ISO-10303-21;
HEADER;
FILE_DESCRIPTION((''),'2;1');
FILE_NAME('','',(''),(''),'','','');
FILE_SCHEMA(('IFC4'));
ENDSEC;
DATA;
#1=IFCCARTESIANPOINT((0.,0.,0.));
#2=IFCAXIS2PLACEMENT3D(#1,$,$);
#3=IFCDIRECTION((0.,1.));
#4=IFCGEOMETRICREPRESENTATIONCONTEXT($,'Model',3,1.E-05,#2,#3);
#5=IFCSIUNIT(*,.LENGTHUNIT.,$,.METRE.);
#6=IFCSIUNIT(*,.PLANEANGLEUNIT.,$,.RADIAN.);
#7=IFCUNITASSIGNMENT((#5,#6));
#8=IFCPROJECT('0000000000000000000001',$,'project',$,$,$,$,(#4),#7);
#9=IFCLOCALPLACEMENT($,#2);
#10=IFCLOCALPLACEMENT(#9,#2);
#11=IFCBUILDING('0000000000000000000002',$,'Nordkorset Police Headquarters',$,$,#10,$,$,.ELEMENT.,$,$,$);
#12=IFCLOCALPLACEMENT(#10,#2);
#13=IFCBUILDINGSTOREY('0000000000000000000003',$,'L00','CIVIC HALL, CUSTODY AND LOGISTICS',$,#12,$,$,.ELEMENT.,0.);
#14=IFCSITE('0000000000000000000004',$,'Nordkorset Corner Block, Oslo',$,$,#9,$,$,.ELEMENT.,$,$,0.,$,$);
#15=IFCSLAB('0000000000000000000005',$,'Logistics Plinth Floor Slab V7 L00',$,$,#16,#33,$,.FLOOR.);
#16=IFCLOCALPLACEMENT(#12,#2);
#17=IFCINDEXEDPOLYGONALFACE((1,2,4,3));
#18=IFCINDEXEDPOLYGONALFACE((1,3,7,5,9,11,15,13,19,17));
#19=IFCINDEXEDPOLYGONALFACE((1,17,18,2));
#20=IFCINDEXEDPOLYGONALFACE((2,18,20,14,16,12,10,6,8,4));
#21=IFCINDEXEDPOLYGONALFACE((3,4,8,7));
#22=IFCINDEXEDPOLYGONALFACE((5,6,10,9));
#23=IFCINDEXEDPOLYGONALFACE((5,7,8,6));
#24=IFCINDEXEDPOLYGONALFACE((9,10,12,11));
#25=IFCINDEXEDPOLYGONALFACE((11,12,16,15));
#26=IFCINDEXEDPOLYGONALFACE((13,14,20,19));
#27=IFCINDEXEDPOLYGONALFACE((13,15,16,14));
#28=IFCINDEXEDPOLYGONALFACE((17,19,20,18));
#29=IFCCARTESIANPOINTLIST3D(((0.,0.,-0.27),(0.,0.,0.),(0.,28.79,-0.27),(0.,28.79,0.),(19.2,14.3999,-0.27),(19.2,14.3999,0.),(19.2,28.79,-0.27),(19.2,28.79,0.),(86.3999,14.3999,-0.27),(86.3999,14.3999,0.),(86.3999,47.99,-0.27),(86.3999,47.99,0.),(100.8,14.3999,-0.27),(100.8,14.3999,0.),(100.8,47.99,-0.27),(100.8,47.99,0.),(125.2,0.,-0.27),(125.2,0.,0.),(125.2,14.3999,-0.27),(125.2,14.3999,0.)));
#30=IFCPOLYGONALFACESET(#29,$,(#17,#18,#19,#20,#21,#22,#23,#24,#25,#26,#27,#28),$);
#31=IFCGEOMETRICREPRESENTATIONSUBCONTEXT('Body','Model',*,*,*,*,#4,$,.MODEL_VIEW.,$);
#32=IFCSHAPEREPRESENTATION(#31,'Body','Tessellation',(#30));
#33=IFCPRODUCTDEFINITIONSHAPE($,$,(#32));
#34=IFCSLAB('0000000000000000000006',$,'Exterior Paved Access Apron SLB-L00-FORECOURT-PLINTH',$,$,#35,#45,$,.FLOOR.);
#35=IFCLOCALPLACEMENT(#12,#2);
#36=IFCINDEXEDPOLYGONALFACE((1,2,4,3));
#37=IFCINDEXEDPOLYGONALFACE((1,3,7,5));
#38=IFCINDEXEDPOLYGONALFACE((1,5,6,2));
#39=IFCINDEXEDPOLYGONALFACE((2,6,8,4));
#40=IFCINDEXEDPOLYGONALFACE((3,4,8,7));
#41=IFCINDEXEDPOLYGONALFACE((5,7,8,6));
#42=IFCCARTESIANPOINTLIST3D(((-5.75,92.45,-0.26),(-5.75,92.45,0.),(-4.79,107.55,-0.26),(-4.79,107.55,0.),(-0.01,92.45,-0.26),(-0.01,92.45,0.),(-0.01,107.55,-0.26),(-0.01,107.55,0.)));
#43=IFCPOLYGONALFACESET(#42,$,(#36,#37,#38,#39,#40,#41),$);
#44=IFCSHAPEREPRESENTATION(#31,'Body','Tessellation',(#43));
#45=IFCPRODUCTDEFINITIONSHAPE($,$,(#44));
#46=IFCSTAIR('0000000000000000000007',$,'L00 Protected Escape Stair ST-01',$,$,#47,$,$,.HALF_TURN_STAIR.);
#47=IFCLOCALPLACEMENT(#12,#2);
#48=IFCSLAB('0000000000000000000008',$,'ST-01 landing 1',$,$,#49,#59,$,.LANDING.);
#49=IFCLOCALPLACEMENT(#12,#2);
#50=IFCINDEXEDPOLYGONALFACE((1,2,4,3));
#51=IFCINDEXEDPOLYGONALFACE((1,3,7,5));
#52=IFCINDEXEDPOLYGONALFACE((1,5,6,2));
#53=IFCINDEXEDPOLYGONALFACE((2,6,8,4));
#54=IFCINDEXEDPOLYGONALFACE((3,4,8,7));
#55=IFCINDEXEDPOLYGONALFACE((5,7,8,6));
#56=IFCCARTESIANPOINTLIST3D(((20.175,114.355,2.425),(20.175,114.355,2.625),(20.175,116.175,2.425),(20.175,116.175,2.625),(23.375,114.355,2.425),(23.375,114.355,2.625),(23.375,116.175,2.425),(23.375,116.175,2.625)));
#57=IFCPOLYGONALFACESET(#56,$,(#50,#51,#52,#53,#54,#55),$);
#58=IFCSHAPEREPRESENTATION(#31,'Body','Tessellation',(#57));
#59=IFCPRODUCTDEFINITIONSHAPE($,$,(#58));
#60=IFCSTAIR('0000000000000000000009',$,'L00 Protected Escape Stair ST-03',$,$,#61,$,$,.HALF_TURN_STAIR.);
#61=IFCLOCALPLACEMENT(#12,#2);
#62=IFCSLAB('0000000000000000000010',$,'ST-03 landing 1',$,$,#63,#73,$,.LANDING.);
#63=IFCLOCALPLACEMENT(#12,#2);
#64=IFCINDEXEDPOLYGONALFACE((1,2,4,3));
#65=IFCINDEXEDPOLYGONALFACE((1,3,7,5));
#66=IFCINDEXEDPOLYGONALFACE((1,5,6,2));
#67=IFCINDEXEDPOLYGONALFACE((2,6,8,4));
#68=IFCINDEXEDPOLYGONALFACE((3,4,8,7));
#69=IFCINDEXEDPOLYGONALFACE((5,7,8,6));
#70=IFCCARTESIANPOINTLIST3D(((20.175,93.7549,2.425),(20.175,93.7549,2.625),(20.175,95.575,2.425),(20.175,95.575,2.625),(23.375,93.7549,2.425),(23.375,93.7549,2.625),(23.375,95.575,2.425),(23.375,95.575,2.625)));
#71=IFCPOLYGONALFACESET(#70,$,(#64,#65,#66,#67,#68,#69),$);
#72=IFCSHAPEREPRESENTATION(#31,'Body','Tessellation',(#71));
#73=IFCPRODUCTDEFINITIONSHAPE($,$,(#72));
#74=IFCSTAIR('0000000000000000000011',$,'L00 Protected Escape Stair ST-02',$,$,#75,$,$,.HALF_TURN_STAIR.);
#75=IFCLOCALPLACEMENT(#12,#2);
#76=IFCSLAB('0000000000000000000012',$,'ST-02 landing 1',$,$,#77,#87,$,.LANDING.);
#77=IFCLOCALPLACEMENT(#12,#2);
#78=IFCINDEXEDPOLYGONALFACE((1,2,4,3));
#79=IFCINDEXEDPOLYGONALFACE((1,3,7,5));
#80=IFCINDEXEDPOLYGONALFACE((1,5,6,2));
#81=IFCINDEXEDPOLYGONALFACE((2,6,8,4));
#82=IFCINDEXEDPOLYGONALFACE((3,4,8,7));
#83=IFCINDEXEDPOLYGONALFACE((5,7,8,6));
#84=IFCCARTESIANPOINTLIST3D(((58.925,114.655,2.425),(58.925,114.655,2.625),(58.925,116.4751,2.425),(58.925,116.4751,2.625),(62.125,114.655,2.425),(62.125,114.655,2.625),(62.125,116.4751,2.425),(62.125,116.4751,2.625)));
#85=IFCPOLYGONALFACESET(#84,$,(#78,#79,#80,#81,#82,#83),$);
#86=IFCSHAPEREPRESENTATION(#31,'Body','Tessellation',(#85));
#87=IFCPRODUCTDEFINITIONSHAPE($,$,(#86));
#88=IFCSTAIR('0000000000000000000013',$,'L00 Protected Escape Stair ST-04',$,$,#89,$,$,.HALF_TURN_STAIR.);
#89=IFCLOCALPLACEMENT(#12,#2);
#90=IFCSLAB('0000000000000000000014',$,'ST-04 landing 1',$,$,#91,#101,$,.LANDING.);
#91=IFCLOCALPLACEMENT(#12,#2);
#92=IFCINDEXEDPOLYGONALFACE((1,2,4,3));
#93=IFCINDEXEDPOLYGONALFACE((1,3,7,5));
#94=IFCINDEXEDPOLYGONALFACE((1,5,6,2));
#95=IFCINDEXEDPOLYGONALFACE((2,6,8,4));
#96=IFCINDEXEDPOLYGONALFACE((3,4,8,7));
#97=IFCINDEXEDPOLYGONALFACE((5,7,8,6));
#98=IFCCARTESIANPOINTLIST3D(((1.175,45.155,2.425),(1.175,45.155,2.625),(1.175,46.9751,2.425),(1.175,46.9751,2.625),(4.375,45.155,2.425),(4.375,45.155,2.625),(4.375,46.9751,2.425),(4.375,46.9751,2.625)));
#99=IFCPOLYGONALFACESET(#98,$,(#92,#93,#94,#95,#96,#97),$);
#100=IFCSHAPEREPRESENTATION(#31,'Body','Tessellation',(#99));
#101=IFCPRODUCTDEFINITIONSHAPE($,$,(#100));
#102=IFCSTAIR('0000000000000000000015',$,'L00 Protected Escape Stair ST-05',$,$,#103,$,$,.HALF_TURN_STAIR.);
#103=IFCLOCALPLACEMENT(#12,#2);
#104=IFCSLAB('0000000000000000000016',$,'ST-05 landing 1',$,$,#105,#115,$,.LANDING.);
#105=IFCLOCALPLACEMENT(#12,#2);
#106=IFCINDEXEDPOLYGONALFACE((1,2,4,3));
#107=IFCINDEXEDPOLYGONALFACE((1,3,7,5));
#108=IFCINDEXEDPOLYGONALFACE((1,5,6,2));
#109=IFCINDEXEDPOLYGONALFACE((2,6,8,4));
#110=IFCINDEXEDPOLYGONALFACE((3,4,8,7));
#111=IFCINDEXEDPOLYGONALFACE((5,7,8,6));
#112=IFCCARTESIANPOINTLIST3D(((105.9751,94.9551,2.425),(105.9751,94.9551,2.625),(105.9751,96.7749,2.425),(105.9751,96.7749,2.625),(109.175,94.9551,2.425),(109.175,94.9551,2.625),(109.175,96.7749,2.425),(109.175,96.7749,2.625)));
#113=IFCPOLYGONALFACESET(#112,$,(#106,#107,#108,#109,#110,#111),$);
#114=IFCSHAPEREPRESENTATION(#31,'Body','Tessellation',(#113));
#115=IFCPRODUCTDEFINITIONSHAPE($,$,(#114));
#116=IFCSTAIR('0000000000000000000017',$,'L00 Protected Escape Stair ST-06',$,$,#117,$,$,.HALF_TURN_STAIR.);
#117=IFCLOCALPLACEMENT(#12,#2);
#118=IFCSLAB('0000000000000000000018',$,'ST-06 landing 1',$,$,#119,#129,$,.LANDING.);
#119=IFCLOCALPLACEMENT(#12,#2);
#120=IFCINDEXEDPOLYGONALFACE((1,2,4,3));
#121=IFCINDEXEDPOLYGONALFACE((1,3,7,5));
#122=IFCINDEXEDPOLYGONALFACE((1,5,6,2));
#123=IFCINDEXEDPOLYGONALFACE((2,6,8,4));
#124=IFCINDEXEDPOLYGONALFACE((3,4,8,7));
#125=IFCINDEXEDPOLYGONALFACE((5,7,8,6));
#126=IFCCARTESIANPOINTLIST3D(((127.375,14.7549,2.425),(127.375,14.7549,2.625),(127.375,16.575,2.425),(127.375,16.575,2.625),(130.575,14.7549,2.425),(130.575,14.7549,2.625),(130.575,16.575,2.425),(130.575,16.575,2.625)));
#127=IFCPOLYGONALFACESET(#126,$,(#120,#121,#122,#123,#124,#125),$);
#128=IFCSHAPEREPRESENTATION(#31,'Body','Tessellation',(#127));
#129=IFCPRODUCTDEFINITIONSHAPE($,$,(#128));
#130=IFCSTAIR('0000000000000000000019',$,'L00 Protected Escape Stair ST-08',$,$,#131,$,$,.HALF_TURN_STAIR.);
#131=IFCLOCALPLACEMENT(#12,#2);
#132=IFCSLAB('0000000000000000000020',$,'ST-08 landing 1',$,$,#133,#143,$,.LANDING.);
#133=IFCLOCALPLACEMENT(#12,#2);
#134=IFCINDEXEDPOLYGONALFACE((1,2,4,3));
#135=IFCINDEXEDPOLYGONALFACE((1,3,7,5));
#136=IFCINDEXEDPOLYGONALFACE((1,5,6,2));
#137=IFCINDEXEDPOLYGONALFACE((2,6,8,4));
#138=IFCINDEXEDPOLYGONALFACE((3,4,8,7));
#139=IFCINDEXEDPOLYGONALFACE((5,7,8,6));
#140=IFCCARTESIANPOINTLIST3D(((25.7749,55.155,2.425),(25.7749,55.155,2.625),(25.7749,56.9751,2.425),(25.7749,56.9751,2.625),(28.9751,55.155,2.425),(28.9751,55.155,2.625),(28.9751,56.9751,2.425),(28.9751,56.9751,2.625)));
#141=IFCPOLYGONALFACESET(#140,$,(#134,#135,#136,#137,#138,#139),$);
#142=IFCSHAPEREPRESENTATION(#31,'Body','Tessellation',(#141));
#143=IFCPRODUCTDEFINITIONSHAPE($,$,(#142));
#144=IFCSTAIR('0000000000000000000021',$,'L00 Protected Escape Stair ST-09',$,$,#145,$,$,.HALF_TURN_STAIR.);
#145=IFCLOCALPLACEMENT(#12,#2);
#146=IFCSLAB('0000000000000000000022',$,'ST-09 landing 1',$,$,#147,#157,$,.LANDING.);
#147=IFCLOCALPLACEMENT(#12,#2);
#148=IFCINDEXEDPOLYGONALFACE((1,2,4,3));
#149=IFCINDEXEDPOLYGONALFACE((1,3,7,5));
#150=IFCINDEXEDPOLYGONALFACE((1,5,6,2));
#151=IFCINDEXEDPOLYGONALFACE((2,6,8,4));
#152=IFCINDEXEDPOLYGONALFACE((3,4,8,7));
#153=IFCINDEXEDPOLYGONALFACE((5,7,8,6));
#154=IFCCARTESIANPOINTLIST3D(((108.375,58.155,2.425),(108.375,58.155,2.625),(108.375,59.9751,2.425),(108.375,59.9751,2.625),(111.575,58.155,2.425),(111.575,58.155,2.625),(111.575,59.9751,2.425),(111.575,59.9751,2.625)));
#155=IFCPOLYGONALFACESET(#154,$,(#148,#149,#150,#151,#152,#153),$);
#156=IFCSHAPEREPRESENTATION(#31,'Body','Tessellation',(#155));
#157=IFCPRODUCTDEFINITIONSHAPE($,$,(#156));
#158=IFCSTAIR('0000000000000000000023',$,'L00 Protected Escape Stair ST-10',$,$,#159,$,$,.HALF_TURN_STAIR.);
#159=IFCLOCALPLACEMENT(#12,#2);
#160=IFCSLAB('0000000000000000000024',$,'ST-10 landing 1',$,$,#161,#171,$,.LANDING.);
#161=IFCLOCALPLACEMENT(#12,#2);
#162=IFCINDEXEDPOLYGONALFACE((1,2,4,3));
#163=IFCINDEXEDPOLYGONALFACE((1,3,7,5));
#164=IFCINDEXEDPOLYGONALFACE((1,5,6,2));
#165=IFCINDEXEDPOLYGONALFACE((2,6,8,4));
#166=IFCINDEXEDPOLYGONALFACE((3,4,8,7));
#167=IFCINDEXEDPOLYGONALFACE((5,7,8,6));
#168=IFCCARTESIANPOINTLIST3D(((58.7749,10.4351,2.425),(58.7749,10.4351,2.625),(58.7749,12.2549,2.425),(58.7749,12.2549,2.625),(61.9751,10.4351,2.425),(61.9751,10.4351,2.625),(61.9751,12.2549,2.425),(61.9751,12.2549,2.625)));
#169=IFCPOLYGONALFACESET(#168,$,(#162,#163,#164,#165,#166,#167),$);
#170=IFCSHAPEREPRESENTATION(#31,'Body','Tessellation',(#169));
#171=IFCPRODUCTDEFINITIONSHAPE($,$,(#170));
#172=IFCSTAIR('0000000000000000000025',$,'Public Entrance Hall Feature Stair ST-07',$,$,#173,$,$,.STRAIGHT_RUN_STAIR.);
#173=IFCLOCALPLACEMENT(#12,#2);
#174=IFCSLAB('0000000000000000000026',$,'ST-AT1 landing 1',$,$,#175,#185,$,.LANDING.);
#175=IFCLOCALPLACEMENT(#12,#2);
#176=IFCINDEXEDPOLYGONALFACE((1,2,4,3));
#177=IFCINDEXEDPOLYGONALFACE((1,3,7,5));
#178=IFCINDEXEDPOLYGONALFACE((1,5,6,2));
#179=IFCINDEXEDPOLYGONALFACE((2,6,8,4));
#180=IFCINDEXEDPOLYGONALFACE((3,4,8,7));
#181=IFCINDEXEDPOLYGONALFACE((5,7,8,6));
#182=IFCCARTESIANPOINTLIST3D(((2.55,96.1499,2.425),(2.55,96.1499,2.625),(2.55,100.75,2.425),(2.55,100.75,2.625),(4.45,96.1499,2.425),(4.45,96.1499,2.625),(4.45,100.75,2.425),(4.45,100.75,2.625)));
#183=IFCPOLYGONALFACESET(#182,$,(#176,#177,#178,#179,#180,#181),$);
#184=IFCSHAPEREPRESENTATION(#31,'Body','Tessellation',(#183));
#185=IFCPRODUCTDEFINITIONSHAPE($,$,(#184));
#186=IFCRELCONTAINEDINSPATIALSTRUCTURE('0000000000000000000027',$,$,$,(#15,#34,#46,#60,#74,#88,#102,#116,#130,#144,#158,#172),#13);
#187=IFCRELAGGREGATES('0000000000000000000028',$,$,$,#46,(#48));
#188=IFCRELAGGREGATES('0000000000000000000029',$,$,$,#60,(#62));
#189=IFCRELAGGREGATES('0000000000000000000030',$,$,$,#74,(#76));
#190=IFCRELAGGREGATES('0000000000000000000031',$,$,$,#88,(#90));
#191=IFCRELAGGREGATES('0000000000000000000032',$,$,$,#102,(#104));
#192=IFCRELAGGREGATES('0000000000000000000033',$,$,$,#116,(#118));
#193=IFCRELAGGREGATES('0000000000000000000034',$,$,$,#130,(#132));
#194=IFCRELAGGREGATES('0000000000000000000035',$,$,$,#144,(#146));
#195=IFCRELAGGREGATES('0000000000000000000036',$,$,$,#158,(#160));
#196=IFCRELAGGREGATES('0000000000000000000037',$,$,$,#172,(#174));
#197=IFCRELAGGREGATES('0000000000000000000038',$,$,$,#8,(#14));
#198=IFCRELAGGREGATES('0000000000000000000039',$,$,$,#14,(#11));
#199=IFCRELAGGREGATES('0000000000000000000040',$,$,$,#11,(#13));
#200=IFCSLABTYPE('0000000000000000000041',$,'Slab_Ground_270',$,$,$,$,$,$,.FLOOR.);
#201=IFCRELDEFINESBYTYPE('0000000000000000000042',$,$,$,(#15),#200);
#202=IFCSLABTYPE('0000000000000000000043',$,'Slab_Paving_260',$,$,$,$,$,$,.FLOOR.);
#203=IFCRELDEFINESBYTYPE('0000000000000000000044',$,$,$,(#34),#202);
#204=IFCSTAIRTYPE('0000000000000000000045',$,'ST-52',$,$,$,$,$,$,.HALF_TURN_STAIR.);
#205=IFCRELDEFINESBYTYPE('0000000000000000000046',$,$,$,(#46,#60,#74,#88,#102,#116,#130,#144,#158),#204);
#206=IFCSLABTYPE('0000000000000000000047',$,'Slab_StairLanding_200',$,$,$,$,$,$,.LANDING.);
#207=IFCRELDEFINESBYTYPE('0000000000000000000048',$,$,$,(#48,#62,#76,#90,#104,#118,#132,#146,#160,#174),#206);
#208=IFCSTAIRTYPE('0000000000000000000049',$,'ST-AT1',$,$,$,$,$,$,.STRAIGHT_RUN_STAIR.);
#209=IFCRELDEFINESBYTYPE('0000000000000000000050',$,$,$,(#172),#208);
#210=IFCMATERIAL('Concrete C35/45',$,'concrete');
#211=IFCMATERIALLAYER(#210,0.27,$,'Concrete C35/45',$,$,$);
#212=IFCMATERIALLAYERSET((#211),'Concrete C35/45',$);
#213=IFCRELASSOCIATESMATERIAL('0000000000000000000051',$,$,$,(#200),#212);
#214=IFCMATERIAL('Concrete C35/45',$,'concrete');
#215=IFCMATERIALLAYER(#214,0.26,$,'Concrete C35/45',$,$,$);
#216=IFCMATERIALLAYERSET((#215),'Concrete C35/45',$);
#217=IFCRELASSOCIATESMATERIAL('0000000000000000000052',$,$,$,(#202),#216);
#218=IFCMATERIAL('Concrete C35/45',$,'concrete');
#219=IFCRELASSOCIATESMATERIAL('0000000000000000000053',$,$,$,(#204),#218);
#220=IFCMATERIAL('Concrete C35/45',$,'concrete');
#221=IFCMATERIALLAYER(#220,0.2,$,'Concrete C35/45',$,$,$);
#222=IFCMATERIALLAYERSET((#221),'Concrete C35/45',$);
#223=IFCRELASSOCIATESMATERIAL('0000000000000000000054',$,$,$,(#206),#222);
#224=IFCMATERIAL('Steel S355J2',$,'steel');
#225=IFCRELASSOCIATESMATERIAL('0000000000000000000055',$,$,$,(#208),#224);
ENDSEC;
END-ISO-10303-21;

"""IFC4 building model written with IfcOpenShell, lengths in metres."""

from ifc_helpers import new_model, si_unit, direction, frame, origin, place, context, subcontext, project, spatial, polyline, outline, extrude, material, layer, layer_set, type_object, element, aggregate, save


model = new_model("IFC4")

# Units and contexts
model_context = context("Model", 3, precision=1e-05, world=origin(), true_north=direction((0.0, 1.0)))
body_context = subcontext(model_context, "Body", "Model", "MODEL_VIEW")
ifc_project = project(units=[si_unit("LENGTHUNIT", "METRE"), si_unit("PLANEANGLEUNIT", "RADIAN")], contexts=[model_context])

# Site, building, storey
site_placement = place(None, origin())
site = spatial("IfcSite", under=ifc_project, at=site_placement, Name="Nordkorset Corner Block, Oslo", CompositionType="ELEMENT", RefElevation=0.0)
building_placement = place(site_placement, origin())
building = spatial("IfcBuilding", under=site, at=building_placement, Name="Nordkorset Police Headquarters", CompositionType="ELEMENT")
storey_placement = place(building_placement, origin())
storey = spatial("IfcBuildingStorey", under=building, at=storey_placement, Name="L00", Description="CIVIC HALL, CUSTODY AND LOGISTICS", CompositionType="ELEMENT", Elevation=0.0)

# Slabs
ifc_material_1 = material(Name="Concrete C35/45", Category="concrete")
ifc_layer_1 = layer(ifc_material_1, 0.27, Name="Concrete C35/45")
ifc_layer_set_1 = layer_set([ifc_layer_1], Name="Concrete C35/45")
slab_type_1 = type_object("IfcSlabType", Name="Slab_Ground_270", PredefinedType="FLOOR", material=ifc_layer_set_1)
slab_1_placement = place(storey_placement, frame((0.0, 0.0, -0.27)))
element("IfcSlab", 1, at=slab_1_placement, inside=storey, type_object=slab_type_1, Name="Logistics Plinth Floor Slab V7 L00", PredefinedType="FLOOR", context=body_context, shape_type="SweptSolid", body=[
    extrude(outline(polyline([(0.0, 0.0), (125.2, 0.0), (125.2, 14.3999), (100.8, 14.3999), (100.8, 47.99), (86.3999, 47.99), (86.3999, 14.3999), (19.2, 14.3999), (19.2, 28.79), (0.0, 28.79), (0.0, 0.0)])), origin(), (0.0, 0.0, 1.0), 0.27),
])
ifc_material_2 = material(Name="Concrete C35/45", Category="concrete")
ifc_layer_2 = layer(ifc_material_2, 0.26, Name="Concrete C35/45")
ifc_layer_set_2 = layer_set([ifc_layer_2], Name="Concrete C35/45")
slab_type_2 = type_object("IfcSlabType", Name="Slab_Paving_260", PredefinedType="FLOOR", material=ifc_layer_set_2)
slab_2_placement = place(storey_placement, frame((0.0, 0.0, -0.26)))
element("IfcSlab", 2, at=slab_2_placement, inside=storey, type_object=slab_type_2, Name="Exterior Paved Access Apron SLB-L00-FORECOURT-PLINTH", PredefinedType="FLOOR", context=body_context, shape_type="SweptSolid", body=[
    extrude(outline(polyline([(-5.75, 92.45), (-0.01, 92.45), (-0.01, 107.55), (-4.79, 107.55), (-5.75, 92.45)])), origin(), (0.0, 0.0, 1.0), 0.26),
])

# Stairs, slabs
ifc_material_3 = material(Name="Concrete C35/45", Category="concrete")
stair_type_1 = type_object("IfcStairType", Name="ST-52", PredefinedType="HALF_TURN_STAIR", material=ifc_material_3)
stair_1_placement = place(storey_placement, origin())
stair_1 = element("IfcStair", 3, at=stair_1_placement, inside=storey, type_object=stair_type_1, Name="L00 Protected Escape Stair ST-01", PredefinedType="HALF_TURN_STAIR")
ifc_material_4 = material(Name="Concrete C35/45", Category="concrete")
ifc_layer_3 = layer(ifc_material_4, 0.2, Name="Concrete C35/45")
ifc_layer_set_3 = layer_set([ifc_layer_3], Name="Concrete C35/45")
slab_type_3 = type_object("IfcSlabType", Name="Slab_StairLanding_200", PredefinedType="LANDING", material=ifc_layer_set_3)
slab_3_placement = place(storey_placement, frame((0.0, 0.0, 2.425)))
slab_3 = element("IfcSlab", 4, at=slab_3_placement, type_object=slab_type_3, Name="ST-01 landing 1", PredefinedType="LANDING", context=body_context, shape_type="SweptSolid", body=[
    extrude(outline(polyline([(23.375, 114.355), (23.375, 116.175), (20.175, 116.175), (20.175, 114.355), (23.375, 114.355)])), origin(), (0.0, 0.0, 1.0), 0.2),
])
aggregate(stair_1, [slab_3])
stair_2_placement = place(storey_placement, origin())
stair_2 = element("IfcStair", 5, at=stair_2_placement, inside=storey, type_object=stair_type_1, Name="L00 Protected Escape Stair ST-03", PredefinedType="HALF_TURN_STAIR")
slab_4_placement = place(storey_placement, frame((0.0, 0.0, 2.425)))
slab_4 = element("IfcSlab", 6, at=slab_4_placement, type_object=slab_type_3, Name="ST-03 landing 1", PredefinedType="LANDING", context=body_context, shape_type="SweptSolid", body=[
    extrude(outline(polyline([(23.375, 93.7549), (23.375, 95.575), (20.175, 95.575), (20.175, 93.7549), (23.375, 93.7549)])), origin(), (0.0, 0.0, 1.0), 0.2),
])
aggregate(stair_2, [slab_4])
stair_3_placement = place(storey_placement, origin())
stair_3 = element("IfcStair", 7, at=stair_3_placement, inside=storey, type_object=stair_type_1, Name="L00 Protected Escape Stair ST-02", PredefinedType="HALF_TURN_STAIR")
slab_5_placement = place(storey_placement, frame((0.0, 0.0, 2.425)))
slab_5 = element("IfcSlab", 8, at=slab_5_placement, type_object=slab_type_3, Name="ST-02 landing 1", PredefinedType="LANDING", context=body_context, shape_type="SweptSolid", body=[
    extrude(outline(polyline([(62.125, 114.655), (62.125, 116.4751), (58.925, 116.4751), (58.925, 114.655), (62.125, 114.655)])), origin(), (0.0, 0.0, 1.0), 0.2),
])
aggregate(stair_3, [slab_5])
stair_4_placement = place(storey_placement, origin())
stair_4 = element("IfcStair", 9, at=stair_4_placement, inside=storey, type_object=stair_type_1, Name="L00 Protected Escape Stair ST-04", PredefinedType="HALF_TURN_STAIR")
slab_6_placement = place(storey_placement, frame((0.0, 0.0, 2.425)))
slab_6 = element("IfcSlab", 10, at=slab_6_placement, type_object=slab_type_3, Name="ST-04 landing 1", PredefinedType="LANDING", context=body_context, shape_type="SweptSolid", body=[
    extrude(outline(polyline([(4.375, 45.155), (4.375, 46.9751), (1.175, 46.9751), (1.175, 45.155), (4.375, 45.155)])), origin(), (0.0, 0.0, 1.0), 0.2),
])
aggregate(stair_4, [slab_6])
stair_5_placement = place(storey_placement, origin())
stair_5 = element("IfcStair", 11, at=stair_5_placement, inside=storey, type_object=stair_type_1, Name="L00 Protected Escape Stair ST-05", PredefinedType="HALF_TURN_STAIR")
slab_7_placement = place(storey_placement, frame((0.0, 0.0, 2.425)))
slab_7 = element("IfcSlab", 12, at=slab_7_placement, type_object=slab_type_3, Name="ST-05 landing 1", PredefinedType="LANDING", context=body_context, shape_type="SweptSolid", body=[
    extrude(outline(polyline([(109.175, 94.9551), (109.175, 96.7749), (105.9751, 96.7749), (105.9751, 94.9551), (109.175, 94.9551)])), origin(), (0.0, 0.0, 1.0), 0.2),
])
aggregate(stair_5, [slab_7])
stair_6_placement = place(storey_placement, origin())
stair_6 = element("IfcStair", 13, at=stair_6_placement, inside=storey, type_object=stair_type_1, Name="L00 Protected Escape Stair ST-06", PredefinedType="HALF_TURN_STAIR")
slab_8_placement = place(storey_placement, frame((0.0, 0.0, 2.425)))
slab_8 = element("IfcSlab", 14, at=slab_8_placement, type_object=slab_type_3, Name="ST-06 landing 1", PredefinedType="LANDING", context=body_context, shape_type="SweptSolid", body=[
    extrude(outline(polyline([(130.575, 14.7549), (130.575, 16.575), (127.375, 16.575), (127.375, 14.7549), (130.575, 14.7549)])), origin(), (0.0, 0.0, 1.0), 0.2),
])
aggregate(stair_6, [slab_8])
stair_7_placement = place(storey_placement, origin())
stair_7 = element("IfcStair", 15, at=stair_7_placement, inside=storey, type_object=stair_type_1, Name="L00 Protected Escape Stair ST-08", PredefinedType="HALF_TURN_STAIR")
slab_9_placement = place(storey_placement, frame((0.0, 0.0, 2.425)))
slab_9 = element("IfcSlab", 16, at=slab_9_placement, type_object=slab_type_3, Name="ST-08 landing 1", PredefinedType="LANDING", context=body_context, shape_type="SweptSolid", body=[
    extrude(outline(polyline([(28.9751, 55.155), (28.9751, 56.9751), (25.7749, 56.9751), (25.7749, 55.155), (28.9751, 55.155)])), origin(), (0.0, 0.0, 1.0), 0.2),
])
aggregate(stair_7, [slab_9])
stair_8_placement = place(storey_placement, origin())
stair_8 = element("IfcStair", 17, at=stair_8_placement, inside=storey, type_object=stair_type_1, Name="L00 Protected Escape Stair ST-09", PredefinedType="HALF_TURN_STAIR")
slab_10_placement = place(storey_placement, frame((0.0, 0.0, 2.425)))
slab_10 = element("IfcSlab", 18, at=slab_10_placement, type_object=slab_type_3, Name="ST-09 landing 1", PredefinedType="LANDING", context=body_context, shape_type="SweptSolid", body=[
    extrude(outline(polyline([(111.575, 58.155), (111.575, 59.9751), (108.375, 59.9751), (108.375, 58.155), (111.575, 58.155)])), origin(), (0.0, 0.0, 1.0), 0.2),
])
aggregate(stair_8, [slab_10])
stair_9_placement = place(storey_placement, origin())
stair_9 = element("IfcStair", 19, at=stair_9_placement, inside=storey, type_object=stair_type_1, Name="L00 Protected Escape Stair ST-10", PredefinedType="HALF_TURN_STAIR")
slab_11_placement = place(storey_placement, frame((0.0, 0.0, 2.425)))
slab_11 = element("IfcSlab", 20, at=slab_11_placement, type_object=slab_type_3, Name="ST-10 landing 1", PredefinedType="LANDING", context=body_context, shape_type="SweptSolid", body=[
    extrude(outline(polyline([(61.9751, 10.4351), (61.9751, 12.2549), (58.7749, 12.2549), (58.7749, 10.4351), (61.9751, 10.4351)])), origin(), (0.0, 0.0, 1.0), 0.2),
])
aggregate(stair_9, [slab_11])
ifc_material_5 = material(Name="Steel S355J2", Category="steel")
stair_type_2 = type_object("IfcStairType", Name="ST-AT1", PredefinedType="STRAIGHT_RUN_STAIR", material=ifc_material_5)
stair_10_placement = place(storey_placement, origin())
stair_10 = element("IfcStair", 21, at=stair_10_placement, inside=storey, type_object=stair_type_2, Name="Public Entrance Hall Feature Stair ST-07", PredefinedType="STRAIGHT_RUN_STAIR")
slab_12_placement = place(storey_placement, frame((0.0, 0.0, 2.425)))
slab_12 = element("IfcSlab", 22, at=slab_12_placement, type_object=slab_type_3, Name="ST-AT1 landing 1", PredefinedType="LANDING", context=body_context, shape_type="SweptSolid", body=[
    extrude(outline(polyline([(2.55, 96.1499), (4.45, 96.1499), (4.45, 100.75), (2.55, 100.75), (2.55, 96.1499)])), origin(), (0.0, 0.0, 1.0), 0.2),
])
aggregate(stair_10, [slab_12])

save(model, "model.ifc")
